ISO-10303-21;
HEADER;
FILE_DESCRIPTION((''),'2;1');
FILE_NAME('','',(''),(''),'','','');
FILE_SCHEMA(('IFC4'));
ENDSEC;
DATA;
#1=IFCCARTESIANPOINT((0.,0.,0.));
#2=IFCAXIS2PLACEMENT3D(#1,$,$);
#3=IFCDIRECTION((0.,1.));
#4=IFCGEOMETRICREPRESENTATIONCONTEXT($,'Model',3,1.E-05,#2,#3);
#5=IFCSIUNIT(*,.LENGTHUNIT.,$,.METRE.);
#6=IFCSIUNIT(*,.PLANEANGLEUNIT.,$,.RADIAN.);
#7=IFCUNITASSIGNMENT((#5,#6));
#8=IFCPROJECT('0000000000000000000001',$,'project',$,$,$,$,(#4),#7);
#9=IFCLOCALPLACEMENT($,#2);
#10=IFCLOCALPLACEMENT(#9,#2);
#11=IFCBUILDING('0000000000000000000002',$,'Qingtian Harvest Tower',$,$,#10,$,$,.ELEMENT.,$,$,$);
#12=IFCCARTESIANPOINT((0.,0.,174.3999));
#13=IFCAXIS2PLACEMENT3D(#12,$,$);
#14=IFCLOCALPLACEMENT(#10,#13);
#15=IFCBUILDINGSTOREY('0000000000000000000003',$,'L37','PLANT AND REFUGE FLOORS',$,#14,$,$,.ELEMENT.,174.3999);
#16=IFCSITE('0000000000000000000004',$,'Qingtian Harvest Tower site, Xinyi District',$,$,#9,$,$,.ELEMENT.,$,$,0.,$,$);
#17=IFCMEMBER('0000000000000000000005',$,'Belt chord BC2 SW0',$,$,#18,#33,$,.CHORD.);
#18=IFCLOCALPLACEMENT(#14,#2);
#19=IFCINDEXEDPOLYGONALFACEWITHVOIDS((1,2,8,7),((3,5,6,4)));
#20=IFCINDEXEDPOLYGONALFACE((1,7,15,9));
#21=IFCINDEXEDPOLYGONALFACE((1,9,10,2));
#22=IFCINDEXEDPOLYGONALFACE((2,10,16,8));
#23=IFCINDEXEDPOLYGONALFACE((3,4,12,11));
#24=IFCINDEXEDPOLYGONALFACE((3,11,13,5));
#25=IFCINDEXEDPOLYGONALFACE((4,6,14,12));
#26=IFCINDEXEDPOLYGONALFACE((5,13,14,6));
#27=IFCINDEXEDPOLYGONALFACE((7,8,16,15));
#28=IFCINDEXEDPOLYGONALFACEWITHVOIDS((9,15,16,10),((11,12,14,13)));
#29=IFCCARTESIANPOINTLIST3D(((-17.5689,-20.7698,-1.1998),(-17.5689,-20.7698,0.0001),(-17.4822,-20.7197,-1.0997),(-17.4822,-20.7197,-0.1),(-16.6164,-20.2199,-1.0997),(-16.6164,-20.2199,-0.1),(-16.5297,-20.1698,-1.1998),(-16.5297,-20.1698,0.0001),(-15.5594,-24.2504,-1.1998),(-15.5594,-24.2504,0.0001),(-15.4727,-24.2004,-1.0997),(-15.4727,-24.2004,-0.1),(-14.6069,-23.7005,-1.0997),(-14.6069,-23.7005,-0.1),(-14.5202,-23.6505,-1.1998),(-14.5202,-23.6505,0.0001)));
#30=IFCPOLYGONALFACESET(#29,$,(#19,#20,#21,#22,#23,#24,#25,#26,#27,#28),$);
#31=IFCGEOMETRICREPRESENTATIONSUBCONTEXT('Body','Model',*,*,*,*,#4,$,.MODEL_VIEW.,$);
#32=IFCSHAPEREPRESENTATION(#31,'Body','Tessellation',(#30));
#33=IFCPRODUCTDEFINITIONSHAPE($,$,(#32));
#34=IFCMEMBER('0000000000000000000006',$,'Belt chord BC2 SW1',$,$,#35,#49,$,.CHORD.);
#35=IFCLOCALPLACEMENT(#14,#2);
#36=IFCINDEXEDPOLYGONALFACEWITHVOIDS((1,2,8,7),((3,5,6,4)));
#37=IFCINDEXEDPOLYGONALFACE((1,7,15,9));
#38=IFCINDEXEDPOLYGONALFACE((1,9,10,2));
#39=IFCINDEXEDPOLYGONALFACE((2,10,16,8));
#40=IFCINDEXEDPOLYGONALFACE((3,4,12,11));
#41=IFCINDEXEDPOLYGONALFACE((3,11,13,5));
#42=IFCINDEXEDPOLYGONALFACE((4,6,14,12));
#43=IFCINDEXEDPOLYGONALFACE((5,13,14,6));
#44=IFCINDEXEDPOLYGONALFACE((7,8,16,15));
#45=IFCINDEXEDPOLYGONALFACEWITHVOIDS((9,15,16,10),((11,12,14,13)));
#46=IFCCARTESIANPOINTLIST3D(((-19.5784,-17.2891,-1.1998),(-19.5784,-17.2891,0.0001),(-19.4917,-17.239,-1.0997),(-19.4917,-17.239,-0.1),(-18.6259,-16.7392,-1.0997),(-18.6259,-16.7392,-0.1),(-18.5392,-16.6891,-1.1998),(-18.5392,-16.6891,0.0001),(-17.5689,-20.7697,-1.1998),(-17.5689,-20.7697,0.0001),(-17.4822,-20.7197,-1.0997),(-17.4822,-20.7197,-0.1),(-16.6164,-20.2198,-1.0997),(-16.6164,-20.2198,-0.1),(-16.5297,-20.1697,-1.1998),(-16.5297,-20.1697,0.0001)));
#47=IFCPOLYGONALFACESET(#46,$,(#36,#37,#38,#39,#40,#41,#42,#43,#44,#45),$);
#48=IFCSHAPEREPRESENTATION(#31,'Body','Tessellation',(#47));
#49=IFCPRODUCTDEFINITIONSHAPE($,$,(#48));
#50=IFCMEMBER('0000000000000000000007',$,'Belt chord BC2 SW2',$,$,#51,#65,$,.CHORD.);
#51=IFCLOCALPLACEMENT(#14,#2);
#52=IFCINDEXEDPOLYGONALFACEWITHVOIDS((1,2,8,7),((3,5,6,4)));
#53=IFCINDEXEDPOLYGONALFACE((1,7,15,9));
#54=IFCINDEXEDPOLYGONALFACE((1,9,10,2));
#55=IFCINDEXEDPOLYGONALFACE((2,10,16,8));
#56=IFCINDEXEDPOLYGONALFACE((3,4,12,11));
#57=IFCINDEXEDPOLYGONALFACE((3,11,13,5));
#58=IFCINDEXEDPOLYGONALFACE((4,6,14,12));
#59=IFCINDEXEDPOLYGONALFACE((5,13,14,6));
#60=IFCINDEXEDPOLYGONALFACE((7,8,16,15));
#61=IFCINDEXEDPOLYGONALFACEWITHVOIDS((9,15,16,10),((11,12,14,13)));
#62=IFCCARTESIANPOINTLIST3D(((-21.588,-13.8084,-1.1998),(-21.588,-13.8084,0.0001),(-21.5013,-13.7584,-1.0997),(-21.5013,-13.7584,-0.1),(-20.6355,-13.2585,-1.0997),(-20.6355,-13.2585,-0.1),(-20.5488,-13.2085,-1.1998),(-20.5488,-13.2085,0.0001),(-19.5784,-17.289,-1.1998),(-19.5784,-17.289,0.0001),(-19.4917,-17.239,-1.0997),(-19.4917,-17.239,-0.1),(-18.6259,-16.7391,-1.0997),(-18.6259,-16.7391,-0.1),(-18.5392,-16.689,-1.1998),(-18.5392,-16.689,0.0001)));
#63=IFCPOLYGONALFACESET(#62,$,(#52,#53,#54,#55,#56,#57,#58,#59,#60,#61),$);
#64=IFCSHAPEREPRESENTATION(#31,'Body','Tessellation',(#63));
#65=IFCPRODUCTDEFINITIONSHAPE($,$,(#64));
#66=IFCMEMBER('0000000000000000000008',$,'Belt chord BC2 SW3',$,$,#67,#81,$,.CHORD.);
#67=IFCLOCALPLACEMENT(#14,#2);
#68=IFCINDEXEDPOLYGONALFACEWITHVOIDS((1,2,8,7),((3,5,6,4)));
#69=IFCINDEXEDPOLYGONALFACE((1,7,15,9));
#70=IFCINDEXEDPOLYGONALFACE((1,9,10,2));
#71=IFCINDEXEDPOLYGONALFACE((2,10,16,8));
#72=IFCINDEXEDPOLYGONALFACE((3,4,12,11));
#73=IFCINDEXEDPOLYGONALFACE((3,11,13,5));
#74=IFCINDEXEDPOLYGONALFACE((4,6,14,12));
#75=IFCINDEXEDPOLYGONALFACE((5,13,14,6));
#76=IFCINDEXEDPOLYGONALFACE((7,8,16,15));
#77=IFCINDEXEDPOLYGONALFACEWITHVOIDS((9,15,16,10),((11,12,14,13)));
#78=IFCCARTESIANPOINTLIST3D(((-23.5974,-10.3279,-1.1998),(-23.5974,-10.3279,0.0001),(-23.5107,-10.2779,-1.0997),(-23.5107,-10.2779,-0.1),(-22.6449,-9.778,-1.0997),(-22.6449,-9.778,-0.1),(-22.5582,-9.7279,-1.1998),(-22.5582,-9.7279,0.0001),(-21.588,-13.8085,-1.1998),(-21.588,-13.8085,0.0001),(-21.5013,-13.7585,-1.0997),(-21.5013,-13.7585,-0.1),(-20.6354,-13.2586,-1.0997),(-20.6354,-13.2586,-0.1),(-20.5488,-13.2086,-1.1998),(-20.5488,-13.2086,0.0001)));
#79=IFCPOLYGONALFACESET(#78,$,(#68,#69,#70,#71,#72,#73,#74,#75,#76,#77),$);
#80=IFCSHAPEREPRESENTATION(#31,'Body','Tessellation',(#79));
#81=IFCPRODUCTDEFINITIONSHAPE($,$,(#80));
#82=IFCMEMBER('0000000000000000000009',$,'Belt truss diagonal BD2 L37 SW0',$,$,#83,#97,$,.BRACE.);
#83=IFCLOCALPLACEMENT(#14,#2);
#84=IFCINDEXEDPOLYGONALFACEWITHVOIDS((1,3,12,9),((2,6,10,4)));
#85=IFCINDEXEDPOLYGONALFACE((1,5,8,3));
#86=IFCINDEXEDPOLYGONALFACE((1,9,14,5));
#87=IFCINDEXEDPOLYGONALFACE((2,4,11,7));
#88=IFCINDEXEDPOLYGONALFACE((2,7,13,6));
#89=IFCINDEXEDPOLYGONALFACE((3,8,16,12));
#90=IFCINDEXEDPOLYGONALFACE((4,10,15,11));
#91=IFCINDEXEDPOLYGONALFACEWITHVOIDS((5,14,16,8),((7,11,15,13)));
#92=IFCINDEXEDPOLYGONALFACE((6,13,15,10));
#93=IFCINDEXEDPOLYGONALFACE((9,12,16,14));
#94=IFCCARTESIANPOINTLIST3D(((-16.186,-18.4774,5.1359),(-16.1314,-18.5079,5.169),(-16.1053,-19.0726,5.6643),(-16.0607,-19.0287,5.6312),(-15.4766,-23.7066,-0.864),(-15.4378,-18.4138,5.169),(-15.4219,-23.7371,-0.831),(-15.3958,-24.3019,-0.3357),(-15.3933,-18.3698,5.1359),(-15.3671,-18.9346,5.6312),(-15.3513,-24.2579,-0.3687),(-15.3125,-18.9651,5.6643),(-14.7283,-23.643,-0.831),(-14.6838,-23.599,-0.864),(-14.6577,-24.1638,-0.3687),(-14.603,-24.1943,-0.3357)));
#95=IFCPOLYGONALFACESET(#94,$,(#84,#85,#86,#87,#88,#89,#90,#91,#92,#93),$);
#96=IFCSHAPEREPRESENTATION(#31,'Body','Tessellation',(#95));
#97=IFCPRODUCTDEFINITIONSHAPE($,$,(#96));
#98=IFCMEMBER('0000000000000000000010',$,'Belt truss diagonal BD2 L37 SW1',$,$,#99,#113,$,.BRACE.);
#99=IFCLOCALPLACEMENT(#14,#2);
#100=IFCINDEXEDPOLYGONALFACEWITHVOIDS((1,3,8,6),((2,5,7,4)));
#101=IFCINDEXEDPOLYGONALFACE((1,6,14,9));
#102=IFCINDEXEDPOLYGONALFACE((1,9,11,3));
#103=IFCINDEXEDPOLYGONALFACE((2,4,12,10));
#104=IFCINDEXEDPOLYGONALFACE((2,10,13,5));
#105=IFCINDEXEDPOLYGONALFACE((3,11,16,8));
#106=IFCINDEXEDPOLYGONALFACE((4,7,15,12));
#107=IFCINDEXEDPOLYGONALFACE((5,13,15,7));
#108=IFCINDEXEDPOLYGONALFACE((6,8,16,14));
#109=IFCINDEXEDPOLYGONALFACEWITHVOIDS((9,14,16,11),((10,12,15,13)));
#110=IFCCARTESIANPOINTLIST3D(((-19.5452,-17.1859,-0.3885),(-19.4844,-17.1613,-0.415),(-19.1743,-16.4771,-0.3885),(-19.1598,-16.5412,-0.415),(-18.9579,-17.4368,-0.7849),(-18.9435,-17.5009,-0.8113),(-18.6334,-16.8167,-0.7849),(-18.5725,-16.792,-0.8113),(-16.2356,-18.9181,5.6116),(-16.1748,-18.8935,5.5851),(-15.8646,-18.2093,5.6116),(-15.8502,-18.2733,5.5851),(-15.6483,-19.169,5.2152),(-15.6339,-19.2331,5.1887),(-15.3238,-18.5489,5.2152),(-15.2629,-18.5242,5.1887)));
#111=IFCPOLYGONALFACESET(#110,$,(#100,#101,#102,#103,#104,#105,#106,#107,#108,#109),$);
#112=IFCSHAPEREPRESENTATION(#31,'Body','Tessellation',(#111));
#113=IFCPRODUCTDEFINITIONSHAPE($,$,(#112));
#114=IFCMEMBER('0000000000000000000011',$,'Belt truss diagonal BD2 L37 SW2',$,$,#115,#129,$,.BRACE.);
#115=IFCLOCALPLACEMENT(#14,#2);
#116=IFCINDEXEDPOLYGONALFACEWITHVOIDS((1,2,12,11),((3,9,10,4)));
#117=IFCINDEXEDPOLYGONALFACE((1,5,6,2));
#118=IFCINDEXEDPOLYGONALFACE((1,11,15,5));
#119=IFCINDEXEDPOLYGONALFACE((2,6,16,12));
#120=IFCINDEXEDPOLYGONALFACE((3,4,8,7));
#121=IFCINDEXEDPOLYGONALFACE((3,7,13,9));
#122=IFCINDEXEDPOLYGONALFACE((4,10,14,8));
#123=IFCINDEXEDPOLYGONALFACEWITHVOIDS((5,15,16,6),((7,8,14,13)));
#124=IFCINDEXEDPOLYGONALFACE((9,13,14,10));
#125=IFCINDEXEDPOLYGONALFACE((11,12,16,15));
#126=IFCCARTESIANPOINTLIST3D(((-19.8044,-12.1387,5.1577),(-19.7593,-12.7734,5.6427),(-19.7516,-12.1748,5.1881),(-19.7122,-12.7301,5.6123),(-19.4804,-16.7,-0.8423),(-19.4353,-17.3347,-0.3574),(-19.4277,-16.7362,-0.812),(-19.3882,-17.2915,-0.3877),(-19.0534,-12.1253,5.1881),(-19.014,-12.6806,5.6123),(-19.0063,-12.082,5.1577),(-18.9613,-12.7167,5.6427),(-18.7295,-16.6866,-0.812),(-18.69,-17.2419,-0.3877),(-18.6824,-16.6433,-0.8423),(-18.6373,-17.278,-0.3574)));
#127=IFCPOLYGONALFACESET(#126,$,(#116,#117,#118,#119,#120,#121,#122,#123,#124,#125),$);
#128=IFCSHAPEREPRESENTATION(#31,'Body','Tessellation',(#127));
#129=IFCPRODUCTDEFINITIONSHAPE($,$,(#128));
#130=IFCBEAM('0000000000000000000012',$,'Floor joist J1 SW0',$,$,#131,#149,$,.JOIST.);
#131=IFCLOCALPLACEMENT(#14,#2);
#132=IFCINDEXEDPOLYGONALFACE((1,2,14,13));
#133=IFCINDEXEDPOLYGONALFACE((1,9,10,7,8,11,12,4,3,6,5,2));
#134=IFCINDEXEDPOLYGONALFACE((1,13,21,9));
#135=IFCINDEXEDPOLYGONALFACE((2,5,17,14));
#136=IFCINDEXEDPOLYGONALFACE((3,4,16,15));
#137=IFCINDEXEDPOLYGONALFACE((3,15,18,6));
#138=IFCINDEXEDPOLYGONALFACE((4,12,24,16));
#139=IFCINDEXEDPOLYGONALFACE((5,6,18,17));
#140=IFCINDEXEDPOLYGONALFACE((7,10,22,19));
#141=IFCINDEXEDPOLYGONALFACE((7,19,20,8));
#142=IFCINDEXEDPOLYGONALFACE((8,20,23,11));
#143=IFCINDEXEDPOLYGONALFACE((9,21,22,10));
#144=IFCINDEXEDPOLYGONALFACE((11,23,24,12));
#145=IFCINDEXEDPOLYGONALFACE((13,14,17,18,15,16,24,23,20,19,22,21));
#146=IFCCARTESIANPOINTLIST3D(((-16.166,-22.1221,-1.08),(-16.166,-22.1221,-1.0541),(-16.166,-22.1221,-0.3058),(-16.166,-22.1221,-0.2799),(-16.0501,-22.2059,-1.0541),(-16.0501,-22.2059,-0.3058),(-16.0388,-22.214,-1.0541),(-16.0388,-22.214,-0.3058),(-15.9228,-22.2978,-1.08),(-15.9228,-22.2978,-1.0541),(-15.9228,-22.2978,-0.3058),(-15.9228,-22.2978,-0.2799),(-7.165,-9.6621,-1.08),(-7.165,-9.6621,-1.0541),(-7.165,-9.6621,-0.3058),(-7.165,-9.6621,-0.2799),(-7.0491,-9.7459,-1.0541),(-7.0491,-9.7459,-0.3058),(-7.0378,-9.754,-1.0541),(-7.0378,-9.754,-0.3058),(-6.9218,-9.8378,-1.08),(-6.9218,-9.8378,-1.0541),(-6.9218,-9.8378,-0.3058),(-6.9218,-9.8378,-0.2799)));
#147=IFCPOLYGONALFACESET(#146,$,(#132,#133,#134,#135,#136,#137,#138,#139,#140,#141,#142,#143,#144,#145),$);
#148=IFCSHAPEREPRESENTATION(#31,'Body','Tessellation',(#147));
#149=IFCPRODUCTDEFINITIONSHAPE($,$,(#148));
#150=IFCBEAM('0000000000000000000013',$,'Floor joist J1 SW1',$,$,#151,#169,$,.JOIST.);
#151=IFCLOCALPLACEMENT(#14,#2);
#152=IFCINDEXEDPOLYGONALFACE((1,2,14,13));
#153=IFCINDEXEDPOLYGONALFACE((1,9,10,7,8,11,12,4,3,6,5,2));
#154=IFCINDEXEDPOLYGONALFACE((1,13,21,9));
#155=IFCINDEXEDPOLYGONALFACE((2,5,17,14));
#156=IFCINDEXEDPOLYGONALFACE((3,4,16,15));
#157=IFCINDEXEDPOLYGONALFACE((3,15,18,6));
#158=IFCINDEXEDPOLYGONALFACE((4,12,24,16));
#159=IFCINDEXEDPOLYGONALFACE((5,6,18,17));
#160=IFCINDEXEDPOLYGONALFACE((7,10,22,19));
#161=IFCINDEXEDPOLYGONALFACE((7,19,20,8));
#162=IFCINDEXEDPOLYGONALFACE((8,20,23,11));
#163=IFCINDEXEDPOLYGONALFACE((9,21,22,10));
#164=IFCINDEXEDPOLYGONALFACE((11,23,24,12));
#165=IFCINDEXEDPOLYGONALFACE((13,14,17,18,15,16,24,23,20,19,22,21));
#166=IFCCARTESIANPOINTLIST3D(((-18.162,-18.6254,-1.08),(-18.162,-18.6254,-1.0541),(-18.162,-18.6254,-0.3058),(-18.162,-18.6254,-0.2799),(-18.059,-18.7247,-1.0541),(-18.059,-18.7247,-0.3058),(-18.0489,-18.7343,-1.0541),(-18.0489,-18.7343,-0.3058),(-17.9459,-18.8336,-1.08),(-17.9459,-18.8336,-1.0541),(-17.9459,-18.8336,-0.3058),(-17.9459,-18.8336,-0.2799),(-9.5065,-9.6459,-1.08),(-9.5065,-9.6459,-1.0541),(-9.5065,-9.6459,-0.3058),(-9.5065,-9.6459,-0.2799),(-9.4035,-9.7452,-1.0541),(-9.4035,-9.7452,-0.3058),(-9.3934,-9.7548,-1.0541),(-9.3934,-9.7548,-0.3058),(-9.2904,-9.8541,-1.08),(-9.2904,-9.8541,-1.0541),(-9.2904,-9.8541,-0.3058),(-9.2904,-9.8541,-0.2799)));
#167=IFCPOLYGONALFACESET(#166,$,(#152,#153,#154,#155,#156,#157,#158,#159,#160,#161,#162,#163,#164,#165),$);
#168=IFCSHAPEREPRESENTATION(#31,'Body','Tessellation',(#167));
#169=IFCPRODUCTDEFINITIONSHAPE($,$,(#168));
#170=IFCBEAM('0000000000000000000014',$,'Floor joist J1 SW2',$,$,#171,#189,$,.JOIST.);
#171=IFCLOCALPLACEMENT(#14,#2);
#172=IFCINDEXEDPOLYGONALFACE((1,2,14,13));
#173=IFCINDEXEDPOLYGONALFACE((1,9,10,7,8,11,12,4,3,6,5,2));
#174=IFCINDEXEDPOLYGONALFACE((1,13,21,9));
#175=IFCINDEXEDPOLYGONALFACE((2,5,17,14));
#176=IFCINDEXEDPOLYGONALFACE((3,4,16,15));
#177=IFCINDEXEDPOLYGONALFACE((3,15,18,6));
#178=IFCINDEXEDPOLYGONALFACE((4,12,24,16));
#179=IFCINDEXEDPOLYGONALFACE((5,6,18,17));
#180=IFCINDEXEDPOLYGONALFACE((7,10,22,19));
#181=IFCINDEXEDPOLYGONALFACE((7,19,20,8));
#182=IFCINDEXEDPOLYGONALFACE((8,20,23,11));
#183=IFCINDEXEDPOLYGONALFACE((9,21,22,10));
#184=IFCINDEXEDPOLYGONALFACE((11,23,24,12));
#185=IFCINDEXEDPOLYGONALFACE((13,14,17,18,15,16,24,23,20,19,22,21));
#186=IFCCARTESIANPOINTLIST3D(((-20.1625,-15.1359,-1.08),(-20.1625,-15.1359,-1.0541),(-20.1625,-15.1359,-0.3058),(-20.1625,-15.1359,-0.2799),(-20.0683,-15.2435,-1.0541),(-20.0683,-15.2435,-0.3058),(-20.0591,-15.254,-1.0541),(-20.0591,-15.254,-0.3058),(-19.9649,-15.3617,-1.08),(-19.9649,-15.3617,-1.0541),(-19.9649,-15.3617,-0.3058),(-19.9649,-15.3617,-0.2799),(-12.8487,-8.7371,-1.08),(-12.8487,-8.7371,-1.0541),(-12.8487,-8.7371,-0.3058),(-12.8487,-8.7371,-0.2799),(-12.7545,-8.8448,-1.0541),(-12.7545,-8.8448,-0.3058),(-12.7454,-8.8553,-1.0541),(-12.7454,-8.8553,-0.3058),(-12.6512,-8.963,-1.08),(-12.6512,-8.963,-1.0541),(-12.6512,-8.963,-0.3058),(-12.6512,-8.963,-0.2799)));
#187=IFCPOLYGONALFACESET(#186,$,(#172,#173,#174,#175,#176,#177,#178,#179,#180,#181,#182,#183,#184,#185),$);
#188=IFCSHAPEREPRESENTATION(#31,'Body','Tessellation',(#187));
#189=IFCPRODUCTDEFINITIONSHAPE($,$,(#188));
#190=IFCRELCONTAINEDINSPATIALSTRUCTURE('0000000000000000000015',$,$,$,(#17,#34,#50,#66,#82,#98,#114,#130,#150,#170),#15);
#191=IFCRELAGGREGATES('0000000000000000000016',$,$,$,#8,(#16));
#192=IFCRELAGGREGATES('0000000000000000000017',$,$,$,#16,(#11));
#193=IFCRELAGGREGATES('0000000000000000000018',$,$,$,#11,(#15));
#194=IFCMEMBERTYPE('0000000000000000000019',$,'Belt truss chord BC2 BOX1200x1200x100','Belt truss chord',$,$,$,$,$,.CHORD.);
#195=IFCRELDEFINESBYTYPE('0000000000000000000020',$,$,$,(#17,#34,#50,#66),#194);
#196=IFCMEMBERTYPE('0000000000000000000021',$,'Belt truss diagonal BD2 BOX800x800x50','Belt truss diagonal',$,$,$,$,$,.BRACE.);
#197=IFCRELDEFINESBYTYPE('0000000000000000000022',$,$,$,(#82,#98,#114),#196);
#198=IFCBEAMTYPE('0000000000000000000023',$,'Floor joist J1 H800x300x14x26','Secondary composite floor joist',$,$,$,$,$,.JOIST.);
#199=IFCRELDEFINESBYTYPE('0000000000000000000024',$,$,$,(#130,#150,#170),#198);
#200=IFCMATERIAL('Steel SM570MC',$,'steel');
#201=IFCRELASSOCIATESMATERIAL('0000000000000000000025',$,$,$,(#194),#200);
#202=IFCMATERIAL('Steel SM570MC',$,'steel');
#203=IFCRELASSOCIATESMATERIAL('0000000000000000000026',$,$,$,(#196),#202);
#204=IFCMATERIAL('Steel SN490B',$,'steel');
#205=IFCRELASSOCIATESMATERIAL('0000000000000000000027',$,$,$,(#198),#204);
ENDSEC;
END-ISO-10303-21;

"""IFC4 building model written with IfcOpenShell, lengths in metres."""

from ifc_helpers import new_model, si_unit, direction, frame, origin, origin_2d, place, context, subcontext, project, spatial, hollow_rectangle, i_section, extrude, material, material_profile, profile_set, type_object, element, save


model = new_model("IFC4")

# Units and contexts
model_context = context("Model", 3, precision=1e-05, world=origin(), true_north=direction((0.0, 1.0)))
body_context = subcontext(model_context, "Body", "Model", "MODEL_VIEW")
ifc_project = project(units=[si_unit("LENGTHUNIT", "METRE"), si_unit("PLANEANGLEUNIT", "RADIAN")], contexts=[model_context])

# Site, building, storey
site_placement = place(None, origin())
site = spatial("IfcSite", under=ifc_project, at=site_placement, Name="Qingtian Harvest Tower site, Xinyi District", CompositionType="ELEMENT", RefElevation=0.0)
building_placement = place(site_placement, origin())
building = spatial("IfcBuilding", under=site, at=building_placement, Name="Qingtian Harvest Tower", CompositionType="ELEMENT")
storey_placement = place(building_placement, frame((0.0, 0.0, 174.3999)))
storey = spatial("IfcBuildingStorey", under=building, at=storey_placement, Name="L37", Description="PLANT AND REFUGE FLOORS", CompositionType="ELEMENT", Elevation=174.3999)

# Members
ifc_material_1 = material(Name="Steel SM570MC", Category="steel")
ifc_material_profile_1 = material_profile(ifc_material_1, hollow_rectangle(XDim=1.2, YDim=1.2, WallThickness=0.1001, at=origin_2d()), Name="BOX1200x1200x100")
ifc_profile_set_1 = profile_set([ifc_material_profile_1], Name="Steel SM570MC")
member_type_1 = type_object("IfcMemberType", Name="Belt truss chord BC2 BOX1200x1200x100", Description="Belt truss chord", PredefinedType="CHORD", material=ifc_profile_set_1)
for number, where, z_axis, x_axis, name in (
    (1, (-15.0398, -23.9504, -0.5999), (-0.499987, 0.866033, 0.0), (-0.866033, -0.499987, 0.0), "Belt chord BC2 SW0"),
    (2, (-17.0493, -20.4697, -0.5999), (-0.499987, 0.866033, 0.0), (-0.866033, -0.499987, 0.0), "Belt chord BC2 SW1"),
    (3, (-19.0588, -16.989, -0.5999), (-0.500013, 0.866018, 0.0), (-0.866018, -0.500013, 0.0), "Belt chord BC2 SW2"),
    (4, (-21.0684, -13.5085, -0.5999), (-0.499987, 0.866033, 0.0), (-0.866033, -0.499987, 0.0), "Belt chord BC2 SW3"),
):
    element("IfcMember", number, at=place(storey_placement, frame(where, z_axis=z_axis, x_axis=x_axis)), inside=storey, type_object=member_type_1, Name=name, PredefinedType="CHORD", context=body_context, shape_type="SweptSolid", body=[
        extrude(hollow_rectangle(XDim=1.2, YDim=1.2, WallThickness=0.1001, at=origin_2d()), origin(), (0.0, 0.0, 1.0), 4.019),
    ])
ifc_material_2 = material(Name="Steel SM570MC", Category="steel")
ifc_material_profile_2 = material_profile(ifc_material_2, hollow_rectangle(XDim=0.8, YDim=0.8, WallThickness=0.05, at=origin_2d()), Name="BOX800x800x50")
ifc_profile_set_2 = profile_set([ifc_material_profile_2], Name="Steel SM570MC")
member_type_2 = type_object("IfcMemberType", Name="Belt truss diagonal BD2 BOX800x800x50", Description="Belt truss diagonal", PredefinedType="BRACE", material=ifc_profile_set_2)
member_1_placement = place(storey_placement, frame((-15.0398, -23.9504, -0.5999), z_axis=(-0.088789, 0.654432, 0.75089), x_axis=(-0.990921, -0.134442, 0.0)))
element("IfcMember", 5, at=member_1_placement, inside=storey, type_object=member_type_2, Name="Belt truss diagonal BD2 L37 SW0", PredefinedType="BRACE", context=body_context, shape_type="SweptSolid", body=[
    extrude(hollow_rectangle(XDim=0.8, YDim=0.8, WallThickness=0.05, at=origin_2d()), origin(), (0.0, 0.0, 1.0), 7.9905),
])
member_2_placement = place(storey_placement, frame((-15.7493, -18.7212, 5.4001), z_axis=(-0.468261, 0.24508, -0.848921), x_axis=(-0.463711, -0.885986, 0.0)))
element("IfcMember", 6, at=member_2_placement, inside=storey, type_object=member_type_2, Name="Belt truss diagonal BD2 L37 SW1", PredefinedType="BRACE", context=body_context, shape_type="SweptSolid", body=[
    extrude(hollow_rectangle(XDim=0.8, YDim=0.8, WallThickness=0.05, at=origin_2d()), origin(), (0.0, 0.0, 1.0), 7.0679),
])
member_3_placement = place(storey_placement, frame((-19.0588, -16.989, -0.5999), z_axis=(-0.042945, 0.604633, 0.795346), x_axis=(-0.997487, -0.070849, 0.0)))
element("IfcMember", 7, at=member_3_placement, inside=storey, type_object=member_type_2, Name="Belt truss diagonal BD2 L37 SW2", PredefinedType="BRACE", context=body_context, shape_type="SweptSolid", body=[
    extrude(hollow_rectangle(XDim=0.8, YDim=0.8, WallThickness=0.05, at=origin_2d()), origin(), (0.0, 0.0, 1.0), 7.5439),
])

# Beams
ifc_material_3 = material(Name="Steel SN490B", Category="steel")
ifc_material_profile_3 = material_profile(ifc_material_3, i_section(OverallWidth=0.3, OverallDepth=0.8, WebThickness=0.0139, FlangeThickness=0.0259, at=origin_2d()), Name="H800x300x14x26")
ifc_profile_set_3 = profile_set([ifc_material_profile_3], Name="Steel SN490B")
beam_type_1 = type_object("IfcBeamType", Name="Floor joist J1 H800x300x14x26", Description="Secondary composite floor joist", PredefinedType="JOIST", material=ifc_profile_set_3)
beam_1_placement = place(storey_placement, frame((-16.0444, -22.21, -0.6799), z_axis=(0.585581, 0.810614, 0.0), x_axis=(-0.810614, 0.585581, 0.0)))
element("IfcBeam", 8, at=beam_1_placement, inside=storey, type_object=beam_type_1, Name="Floor joist J1 SW0", PredefinedType="JOIST", context=body_context, shape_type="SweptSolid", body=[
    extrude(i_section(OverallWidth=0.3, OverallDepth=0.8, WebThickness=0.0139, FlangeThickness=0.0259, at=origin_2d()), origin(), (0.0, 0.0, 1.0), 15.3711),
])
beam_2_placement = place(storey_placement, frame((-18.054, -18.7295, -0.6799), z_axis=(0.693999, 0.719976, 0.0), x_axis=(-0.719976, 0.693999, 0.0)))
element("IfcBeam", 9, at=beam_2_placement, inside=storey, type_object=beam_type_1, Name="Floor joist J1 SW1", PredefinedType="JOIST", context=body_context, shape_type="SweptSolid", body=[
    extrude(i_section(OverallWidth=0.3, OverallDepth=0.8, WebThickness=0.0139, FlangeThickness=0.0259, at=origin_2d()), origin(), (0.0, 0.0, 1.0), 12.4719),
])
beam_3_placement = place(storey_placement, frame((-20.0637, -15.2488, -0.6799), z_axis=(0.752619, 0.658457, 0.0), x_axis=(-0.658457, 0.752619, 0.0)))
element("IfcBeam", 10, at=beam_3_placement, inside=storey, type_object=beam_type_1, Name="Floor joist J1 SW2", PredefinedType="JOIST", context=body_context, shape_type="SweptSolid", body=[
    extrude(i_section(OverallWidth=0.3, OverallDepth=0.8, WebThickness=0.0139, FlangeThickness=0.0259, at=origin_2d()), origin(), (0.0, 0.0, 1.0), 9.7178),
])

save(model, "model.ifc")
